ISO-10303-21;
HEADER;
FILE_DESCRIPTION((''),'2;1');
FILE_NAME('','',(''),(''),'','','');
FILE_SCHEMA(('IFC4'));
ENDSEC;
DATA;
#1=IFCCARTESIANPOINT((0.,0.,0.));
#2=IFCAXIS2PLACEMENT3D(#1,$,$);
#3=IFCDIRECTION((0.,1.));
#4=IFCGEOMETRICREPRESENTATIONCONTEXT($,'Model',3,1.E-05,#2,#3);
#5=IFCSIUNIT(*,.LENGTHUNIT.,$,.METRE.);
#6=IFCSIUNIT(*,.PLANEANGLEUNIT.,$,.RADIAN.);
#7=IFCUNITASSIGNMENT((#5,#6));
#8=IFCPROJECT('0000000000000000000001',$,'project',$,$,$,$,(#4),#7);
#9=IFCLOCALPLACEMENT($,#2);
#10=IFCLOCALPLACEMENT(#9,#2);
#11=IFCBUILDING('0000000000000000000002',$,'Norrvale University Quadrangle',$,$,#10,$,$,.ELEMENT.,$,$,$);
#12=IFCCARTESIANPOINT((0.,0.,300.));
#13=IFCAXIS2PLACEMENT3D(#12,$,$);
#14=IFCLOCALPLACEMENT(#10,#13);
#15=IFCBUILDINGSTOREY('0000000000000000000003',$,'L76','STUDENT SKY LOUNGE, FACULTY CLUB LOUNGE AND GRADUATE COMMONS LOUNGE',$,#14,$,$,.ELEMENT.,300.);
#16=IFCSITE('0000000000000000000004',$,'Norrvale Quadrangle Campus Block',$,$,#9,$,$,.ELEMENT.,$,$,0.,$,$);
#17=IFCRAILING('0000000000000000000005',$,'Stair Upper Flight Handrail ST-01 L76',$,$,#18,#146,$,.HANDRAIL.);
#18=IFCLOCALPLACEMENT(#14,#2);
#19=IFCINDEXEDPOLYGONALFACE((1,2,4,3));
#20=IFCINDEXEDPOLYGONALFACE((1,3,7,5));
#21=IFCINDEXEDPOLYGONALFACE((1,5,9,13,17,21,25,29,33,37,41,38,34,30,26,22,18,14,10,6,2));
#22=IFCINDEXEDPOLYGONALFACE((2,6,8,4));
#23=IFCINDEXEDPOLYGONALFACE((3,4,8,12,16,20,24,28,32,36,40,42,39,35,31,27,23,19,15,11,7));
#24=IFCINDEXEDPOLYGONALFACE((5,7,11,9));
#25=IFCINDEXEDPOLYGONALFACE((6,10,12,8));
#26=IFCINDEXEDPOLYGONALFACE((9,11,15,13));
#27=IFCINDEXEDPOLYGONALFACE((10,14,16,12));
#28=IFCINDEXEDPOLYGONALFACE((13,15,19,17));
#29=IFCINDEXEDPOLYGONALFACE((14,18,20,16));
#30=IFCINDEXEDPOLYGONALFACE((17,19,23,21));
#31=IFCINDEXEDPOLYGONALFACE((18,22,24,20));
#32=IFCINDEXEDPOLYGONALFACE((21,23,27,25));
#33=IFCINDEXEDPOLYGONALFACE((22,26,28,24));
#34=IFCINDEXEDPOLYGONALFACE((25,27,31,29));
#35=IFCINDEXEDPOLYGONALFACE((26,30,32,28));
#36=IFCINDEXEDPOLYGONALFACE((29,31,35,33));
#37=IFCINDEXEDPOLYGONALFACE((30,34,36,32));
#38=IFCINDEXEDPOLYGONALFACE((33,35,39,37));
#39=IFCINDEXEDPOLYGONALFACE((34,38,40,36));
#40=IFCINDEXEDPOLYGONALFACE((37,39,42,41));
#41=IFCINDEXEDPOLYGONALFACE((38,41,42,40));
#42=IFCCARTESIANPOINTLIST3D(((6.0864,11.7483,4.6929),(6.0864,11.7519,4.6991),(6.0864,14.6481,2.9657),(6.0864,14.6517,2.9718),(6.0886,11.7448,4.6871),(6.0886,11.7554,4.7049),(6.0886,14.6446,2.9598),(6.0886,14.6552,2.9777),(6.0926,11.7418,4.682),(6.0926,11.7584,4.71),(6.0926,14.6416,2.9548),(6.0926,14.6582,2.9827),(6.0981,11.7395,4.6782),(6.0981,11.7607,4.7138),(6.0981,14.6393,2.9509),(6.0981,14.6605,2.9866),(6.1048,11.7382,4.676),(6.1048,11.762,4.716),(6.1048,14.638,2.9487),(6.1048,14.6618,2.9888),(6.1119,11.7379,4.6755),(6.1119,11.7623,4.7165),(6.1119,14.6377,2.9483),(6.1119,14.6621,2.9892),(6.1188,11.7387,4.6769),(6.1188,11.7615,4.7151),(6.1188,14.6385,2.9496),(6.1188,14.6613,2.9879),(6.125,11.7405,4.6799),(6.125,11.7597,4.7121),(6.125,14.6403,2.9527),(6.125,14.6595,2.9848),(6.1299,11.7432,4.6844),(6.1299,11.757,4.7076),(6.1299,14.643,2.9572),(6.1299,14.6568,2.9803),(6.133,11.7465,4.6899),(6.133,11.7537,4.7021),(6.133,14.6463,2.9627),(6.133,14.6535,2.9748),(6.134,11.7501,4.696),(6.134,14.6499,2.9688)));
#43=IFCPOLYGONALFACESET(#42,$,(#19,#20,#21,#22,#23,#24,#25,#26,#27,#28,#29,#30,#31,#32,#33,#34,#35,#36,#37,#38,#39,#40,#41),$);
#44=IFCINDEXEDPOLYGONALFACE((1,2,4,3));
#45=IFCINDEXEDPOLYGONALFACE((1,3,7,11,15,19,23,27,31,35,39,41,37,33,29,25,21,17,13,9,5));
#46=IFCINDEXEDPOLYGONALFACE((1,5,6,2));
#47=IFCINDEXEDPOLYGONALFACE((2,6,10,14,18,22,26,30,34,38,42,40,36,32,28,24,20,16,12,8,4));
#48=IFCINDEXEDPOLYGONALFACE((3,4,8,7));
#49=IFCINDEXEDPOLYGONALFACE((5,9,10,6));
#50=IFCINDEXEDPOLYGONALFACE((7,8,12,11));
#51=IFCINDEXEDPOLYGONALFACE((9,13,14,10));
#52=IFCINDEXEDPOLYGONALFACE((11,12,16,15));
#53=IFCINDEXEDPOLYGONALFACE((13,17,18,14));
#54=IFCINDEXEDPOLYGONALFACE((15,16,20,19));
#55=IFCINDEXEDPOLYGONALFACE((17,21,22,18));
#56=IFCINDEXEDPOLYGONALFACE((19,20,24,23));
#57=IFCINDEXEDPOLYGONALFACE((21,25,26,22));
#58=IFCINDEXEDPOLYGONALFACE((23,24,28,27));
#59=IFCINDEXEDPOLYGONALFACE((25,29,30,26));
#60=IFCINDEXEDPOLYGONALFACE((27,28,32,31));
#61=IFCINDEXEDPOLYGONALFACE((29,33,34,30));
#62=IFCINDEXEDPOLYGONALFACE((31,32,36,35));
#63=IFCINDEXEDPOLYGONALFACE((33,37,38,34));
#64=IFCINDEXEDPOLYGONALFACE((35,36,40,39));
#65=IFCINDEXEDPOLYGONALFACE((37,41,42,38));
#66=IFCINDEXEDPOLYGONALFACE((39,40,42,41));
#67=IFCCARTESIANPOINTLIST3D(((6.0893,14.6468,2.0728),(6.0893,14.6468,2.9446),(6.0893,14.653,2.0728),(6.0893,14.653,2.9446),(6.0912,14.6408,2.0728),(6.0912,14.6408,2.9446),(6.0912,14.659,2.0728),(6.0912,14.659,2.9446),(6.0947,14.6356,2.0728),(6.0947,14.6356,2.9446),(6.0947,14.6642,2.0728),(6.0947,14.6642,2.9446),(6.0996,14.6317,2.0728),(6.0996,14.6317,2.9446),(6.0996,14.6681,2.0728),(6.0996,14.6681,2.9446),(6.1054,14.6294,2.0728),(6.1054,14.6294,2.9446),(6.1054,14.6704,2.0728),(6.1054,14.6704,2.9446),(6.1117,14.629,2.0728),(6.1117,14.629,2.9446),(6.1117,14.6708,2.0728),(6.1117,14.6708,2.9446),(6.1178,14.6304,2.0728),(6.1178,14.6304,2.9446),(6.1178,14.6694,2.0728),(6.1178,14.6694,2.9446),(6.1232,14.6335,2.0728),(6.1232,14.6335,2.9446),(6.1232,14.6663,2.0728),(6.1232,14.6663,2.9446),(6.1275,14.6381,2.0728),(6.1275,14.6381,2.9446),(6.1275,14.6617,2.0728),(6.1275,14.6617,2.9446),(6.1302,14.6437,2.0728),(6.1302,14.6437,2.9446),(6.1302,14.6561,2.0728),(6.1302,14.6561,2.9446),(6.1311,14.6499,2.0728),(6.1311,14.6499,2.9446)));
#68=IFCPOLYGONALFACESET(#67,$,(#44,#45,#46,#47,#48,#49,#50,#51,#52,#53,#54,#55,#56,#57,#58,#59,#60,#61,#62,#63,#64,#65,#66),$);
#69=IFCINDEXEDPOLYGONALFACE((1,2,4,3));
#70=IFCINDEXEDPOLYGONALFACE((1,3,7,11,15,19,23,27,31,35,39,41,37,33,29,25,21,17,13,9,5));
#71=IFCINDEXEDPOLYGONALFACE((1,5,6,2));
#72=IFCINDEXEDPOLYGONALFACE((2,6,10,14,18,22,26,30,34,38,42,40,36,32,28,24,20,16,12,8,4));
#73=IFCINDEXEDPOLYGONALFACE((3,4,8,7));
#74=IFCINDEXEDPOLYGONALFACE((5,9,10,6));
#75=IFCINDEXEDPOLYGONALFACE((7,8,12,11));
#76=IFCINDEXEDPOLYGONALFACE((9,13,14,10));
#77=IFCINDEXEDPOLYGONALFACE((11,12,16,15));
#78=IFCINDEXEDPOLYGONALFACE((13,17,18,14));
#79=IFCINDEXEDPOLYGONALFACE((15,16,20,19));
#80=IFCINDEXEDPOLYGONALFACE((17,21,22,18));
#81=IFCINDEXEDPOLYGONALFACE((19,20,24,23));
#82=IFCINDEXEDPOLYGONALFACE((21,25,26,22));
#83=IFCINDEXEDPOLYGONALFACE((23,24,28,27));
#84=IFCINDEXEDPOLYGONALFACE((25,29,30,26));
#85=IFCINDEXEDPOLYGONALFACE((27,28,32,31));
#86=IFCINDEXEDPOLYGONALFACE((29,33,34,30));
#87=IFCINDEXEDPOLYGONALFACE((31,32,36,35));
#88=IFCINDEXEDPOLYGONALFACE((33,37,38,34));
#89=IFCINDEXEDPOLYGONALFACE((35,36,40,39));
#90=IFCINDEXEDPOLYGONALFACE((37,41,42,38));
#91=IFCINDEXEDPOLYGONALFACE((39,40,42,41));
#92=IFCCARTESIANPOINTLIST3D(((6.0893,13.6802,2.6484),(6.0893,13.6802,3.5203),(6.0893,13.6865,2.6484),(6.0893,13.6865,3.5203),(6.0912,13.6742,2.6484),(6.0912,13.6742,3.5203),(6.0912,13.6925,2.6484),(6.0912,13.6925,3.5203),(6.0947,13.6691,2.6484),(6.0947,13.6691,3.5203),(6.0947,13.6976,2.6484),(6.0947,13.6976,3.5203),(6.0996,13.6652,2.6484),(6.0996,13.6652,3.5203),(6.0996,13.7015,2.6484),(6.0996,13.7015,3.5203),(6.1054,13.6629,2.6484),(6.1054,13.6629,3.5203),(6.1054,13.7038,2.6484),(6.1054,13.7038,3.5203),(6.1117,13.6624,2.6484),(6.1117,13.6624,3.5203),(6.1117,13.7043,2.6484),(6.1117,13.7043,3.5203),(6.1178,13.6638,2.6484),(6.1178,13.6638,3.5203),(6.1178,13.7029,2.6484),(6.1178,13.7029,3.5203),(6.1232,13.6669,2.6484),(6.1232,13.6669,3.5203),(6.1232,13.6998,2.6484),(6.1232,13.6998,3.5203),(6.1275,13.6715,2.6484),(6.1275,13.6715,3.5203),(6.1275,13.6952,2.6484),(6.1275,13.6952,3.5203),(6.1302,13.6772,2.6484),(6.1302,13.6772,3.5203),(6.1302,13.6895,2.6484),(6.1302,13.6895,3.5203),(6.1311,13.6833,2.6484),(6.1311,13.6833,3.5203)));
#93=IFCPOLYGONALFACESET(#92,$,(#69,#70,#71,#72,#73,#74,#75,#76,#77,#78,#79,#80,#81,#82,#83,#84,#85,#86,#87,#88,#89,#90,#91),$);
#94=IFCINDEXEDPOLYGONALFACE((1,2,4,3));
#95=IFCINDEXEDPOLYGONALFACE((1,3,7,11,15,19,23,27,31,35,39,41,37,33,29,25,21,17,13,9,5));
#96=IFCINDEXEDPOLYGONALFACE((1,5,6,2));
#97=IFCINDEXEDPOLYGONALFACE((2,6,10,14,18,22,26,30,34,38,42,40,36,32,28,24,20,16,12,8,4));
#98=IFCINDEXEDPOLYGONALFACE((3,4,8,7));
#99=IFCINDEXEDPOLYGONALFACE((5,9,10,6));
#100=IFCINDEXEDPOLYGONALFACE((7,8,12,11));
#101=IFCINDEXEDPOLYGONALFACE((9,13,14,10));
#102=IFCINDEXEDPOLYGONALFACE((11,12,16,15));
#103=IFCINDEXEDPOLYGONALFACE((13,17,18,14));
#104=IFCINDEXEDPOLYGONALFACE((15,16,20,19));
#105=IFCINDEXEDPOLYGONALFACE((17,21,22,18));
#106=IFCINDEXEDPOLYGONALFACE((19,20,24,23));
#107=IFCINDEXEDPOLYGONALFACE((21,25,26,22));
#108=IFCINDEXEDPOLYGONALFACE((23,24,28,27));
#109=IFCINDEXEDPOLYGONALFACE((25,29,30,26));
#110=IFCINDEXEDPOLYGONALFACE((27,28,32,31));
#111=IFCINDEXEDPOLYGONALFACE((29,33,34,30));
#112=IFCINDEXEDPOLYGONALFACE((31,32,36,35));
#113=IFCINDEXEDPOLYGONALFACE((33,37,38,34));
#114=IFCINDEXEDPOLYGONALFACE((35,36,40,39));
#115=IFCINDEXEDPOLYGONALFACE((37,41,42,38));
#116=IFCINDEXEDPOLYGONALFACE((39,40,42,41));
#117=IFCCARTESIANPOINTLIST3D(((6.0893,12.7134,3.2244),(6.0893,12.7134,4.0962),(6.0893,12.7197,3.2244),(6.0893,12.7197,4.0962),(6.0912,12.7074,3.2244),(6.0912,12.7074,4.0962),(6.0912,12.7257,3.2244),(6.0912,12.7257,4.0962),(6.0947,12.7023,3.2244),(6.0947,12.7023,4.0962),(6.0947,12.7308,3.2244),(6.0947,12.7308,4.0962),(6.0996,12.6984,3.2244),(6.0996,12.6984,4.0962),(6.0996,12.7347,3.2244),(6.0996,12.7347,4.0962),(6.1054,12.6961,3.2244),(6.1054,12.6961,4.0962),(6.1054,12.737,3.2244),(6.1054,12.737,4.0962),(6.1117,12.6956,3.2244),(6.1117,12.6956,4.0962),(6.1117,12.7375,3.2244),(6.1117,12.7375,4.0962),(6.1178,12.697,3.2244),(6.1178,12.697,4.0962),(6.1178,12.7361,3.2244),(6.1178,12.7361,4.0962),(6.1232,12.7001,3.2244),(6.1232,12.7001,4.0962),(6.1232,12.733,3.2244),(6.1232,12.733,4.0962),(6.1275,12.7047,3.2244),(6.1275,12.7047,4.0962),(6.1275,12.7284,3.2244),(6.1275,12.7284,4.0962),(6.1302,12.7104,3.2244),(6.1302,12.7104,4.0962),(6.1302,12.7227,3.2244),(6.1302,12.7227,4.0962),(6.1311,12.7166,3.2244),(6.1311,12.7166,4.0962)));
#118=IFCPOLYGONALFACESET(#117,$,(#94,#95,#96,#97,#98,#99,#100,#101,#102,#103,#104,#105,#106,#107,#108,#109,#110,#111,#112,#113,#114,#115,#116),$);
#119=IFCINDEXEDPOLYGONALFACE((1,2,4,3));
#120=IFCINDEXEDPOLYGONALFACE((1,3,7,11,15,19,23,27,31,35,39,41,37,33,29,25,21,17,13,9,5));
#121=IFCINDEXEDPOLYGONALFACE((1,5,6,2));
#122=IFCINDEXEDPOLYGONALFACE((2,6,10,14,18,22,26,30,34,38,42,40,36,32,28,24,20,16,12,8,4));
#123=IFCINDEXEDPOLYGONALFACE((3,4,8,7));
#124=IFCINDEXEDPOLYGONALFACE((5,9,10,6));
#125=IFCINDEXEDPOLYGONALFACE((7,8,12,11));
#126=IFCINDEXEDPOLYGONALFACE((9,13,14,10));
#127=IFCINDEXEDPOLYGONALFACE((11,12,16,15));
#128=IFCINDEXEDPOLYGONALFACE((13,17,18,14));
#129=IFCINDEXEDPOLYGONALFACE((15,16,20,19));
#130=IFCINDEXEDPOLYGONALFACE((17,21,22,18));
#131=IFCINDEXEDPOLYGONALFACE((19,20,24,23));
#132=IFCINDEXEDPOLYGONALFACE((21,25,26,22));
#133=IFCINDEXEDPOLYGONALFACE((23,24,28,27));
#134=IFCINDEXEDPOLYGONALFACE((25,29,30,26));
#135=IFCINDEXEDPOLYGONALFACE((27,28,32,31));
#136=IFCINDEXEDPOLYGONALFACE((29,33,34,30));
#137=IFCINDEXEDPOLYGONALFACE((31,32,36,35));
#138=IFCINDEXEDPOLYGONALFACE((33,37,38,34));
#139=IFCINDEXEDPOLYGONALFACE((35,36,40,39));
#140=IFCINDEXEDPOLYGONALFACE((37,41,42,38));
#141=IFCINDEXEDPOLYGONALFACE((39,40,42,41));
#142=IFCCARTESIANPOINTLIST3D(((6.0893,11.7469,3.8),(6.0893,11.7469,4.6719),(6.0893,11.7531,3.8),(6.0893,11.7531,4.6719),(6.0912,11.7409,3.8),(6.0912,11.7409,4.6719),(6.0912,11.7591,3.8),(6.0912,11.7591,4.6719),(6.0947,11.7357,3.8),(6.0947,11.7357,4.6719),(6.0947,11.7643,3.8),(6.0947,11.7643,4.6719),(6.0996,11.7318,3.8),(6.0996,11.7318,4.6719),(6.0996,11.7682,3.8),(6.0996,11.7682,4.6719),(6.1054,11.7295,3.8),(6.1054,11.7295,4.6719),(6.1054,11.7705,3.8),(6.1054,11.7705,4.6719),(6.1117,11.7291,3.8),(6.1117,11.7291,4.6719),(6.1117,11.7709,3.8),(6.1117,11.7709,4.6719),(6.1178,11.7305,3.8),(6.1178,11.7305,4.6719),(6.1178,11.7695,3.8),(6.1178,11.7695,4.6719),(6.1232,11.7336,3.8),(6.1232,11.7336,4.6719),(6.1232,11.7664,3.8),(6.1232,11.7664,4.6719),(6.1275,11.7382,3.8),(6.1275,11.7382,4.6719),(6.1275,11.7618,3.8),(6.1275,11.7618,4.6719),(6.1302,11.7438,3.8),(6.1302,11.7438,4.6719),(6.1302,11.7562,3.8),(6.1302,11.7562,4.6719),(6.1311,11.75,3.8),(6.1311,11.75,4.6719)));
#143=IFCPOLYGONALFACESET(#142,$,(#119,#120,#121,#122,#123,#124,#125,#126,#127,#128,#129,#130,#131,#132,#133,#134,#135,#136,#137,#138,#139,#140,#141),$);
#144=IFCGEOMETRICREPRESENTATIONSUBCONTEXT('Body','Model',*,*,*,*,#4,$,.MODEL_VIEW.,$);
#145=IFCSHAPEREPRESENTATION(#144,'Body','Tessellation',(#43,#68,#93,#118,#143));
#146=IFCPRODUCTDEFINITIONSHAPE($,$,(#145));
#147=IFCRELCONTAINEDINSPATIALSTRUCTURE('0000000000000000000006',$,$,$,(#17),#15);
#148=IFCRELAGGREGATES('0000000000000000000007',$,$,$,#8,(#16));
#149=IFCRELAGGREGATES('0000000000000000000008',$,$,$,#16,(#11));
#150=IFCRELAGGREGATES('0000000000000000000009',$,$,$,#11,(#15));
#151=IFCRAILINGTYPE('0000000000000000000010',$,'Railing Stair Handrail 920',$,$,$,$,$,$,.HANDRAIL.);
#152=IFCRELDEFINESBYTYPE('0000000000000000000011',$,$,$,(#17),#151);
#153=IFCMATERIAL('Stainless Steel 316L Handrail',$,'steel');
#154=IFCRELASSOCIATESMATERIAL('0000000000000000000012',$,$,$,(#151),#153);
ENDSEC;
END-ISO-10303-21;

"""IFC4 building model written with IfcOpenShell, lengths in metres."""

from ifc_helpers import new_model, si_unit, direction, frame, origin, origin_2d, place, context, subcontext, project, spatial, circle, extrude, material, type_object, element, save


model = new_model("IFC4")

# Units and contexts
model_context = context("Model", 3, precision=1e-05, world=origin(), true_north=direction((0.0, 1.0)))
body_context = subcontext(model_context, "Body", "Model", "MODEL_VIEW")
ifc_project = project(units=[si_unit("LENGTHUNIT", "METRE"), si_unit("PLANEANGLEUNIT", "RADIAN")], contexts=[model_context])

# Site, building, storey
site_placement = place(None, origin())
site = spatial("IfcSite", under=ifc_project, at=site_placement, Name="Norrvale Quadrangle Campus Block", CompositionType="ELEMENT", RefElevation=0.0)
building_placement = place(site_placement, origin())
building = spatial("IfcBuilding", under=site, at=building_placement, Name="Norrvale University Quadrangle", CompositionType="ELEMENT")
storey_placement = place(building_placement, frame((0.0, 0.0, 300.0)))
storey = spatial("IfcBuildingStorey", under=building, at=storey_placement, Name="L76", Description="STUDENT SKY LOUNGE, FACULTY CLUB LOUNGE AND GRADUATE COMMONS LOUNGE", CompositionType="ELEMENT", Elevation=300.0)

# Railing
ifc_material_1 = material(Name="Stainless Steel 316L Handrail", Category="steel")
railing_type_1 = type_object("IfcRailingType", Name="Railing Stair Handrail 920", PredefinedType="HANDRAIL", material=ifc_material_1)
railing_1_placement = place(storey_placement, frame((6.1101, 14.6499, 2.0728)))
element("IfcRailing", 1, at=railing_1_placement, inside=storey, type_object=railing_type_1, Name="Stair Upper Flight Handrail ST-01 L76", PredefinedType="HANDRAIL", context=body_context, shape_type="SweptSolid", body=[
    extrude(circle(Radius=0.0239, at=origin_2d()), frame((0.0, 0.0, 0.896), z_axis=(0.0, -0.859141, 0.511738), x_axis=(1.0, 0.0, 0.0)), (0.0, 0.0, 1.0), 3.3752),
    extrude(circle(Radius=0.021, at=origin_2d()), origin(), (0.0, 0.0, 1.0), 0.8718),
    extrude(circle(Radius=0.021, at=origin_2d()), frame((0.0, -0.9666, 0.5757)), (0.0, 0.0, 1.0), 0.8718),
    extrude(circle(Radius=0.021, at=origin_2d()), frame((0.0, -1.9333, 1.1516)), (0.0, 0.0, 1.0), 0.8718),
    extrude(circle(Radius=0.021, at=origin_2d()), frame((0.0, -2.8999, 1.7273)), (0.0, 0.0, 1.0), 0.8718),
])

save(model, "model.ifc")
